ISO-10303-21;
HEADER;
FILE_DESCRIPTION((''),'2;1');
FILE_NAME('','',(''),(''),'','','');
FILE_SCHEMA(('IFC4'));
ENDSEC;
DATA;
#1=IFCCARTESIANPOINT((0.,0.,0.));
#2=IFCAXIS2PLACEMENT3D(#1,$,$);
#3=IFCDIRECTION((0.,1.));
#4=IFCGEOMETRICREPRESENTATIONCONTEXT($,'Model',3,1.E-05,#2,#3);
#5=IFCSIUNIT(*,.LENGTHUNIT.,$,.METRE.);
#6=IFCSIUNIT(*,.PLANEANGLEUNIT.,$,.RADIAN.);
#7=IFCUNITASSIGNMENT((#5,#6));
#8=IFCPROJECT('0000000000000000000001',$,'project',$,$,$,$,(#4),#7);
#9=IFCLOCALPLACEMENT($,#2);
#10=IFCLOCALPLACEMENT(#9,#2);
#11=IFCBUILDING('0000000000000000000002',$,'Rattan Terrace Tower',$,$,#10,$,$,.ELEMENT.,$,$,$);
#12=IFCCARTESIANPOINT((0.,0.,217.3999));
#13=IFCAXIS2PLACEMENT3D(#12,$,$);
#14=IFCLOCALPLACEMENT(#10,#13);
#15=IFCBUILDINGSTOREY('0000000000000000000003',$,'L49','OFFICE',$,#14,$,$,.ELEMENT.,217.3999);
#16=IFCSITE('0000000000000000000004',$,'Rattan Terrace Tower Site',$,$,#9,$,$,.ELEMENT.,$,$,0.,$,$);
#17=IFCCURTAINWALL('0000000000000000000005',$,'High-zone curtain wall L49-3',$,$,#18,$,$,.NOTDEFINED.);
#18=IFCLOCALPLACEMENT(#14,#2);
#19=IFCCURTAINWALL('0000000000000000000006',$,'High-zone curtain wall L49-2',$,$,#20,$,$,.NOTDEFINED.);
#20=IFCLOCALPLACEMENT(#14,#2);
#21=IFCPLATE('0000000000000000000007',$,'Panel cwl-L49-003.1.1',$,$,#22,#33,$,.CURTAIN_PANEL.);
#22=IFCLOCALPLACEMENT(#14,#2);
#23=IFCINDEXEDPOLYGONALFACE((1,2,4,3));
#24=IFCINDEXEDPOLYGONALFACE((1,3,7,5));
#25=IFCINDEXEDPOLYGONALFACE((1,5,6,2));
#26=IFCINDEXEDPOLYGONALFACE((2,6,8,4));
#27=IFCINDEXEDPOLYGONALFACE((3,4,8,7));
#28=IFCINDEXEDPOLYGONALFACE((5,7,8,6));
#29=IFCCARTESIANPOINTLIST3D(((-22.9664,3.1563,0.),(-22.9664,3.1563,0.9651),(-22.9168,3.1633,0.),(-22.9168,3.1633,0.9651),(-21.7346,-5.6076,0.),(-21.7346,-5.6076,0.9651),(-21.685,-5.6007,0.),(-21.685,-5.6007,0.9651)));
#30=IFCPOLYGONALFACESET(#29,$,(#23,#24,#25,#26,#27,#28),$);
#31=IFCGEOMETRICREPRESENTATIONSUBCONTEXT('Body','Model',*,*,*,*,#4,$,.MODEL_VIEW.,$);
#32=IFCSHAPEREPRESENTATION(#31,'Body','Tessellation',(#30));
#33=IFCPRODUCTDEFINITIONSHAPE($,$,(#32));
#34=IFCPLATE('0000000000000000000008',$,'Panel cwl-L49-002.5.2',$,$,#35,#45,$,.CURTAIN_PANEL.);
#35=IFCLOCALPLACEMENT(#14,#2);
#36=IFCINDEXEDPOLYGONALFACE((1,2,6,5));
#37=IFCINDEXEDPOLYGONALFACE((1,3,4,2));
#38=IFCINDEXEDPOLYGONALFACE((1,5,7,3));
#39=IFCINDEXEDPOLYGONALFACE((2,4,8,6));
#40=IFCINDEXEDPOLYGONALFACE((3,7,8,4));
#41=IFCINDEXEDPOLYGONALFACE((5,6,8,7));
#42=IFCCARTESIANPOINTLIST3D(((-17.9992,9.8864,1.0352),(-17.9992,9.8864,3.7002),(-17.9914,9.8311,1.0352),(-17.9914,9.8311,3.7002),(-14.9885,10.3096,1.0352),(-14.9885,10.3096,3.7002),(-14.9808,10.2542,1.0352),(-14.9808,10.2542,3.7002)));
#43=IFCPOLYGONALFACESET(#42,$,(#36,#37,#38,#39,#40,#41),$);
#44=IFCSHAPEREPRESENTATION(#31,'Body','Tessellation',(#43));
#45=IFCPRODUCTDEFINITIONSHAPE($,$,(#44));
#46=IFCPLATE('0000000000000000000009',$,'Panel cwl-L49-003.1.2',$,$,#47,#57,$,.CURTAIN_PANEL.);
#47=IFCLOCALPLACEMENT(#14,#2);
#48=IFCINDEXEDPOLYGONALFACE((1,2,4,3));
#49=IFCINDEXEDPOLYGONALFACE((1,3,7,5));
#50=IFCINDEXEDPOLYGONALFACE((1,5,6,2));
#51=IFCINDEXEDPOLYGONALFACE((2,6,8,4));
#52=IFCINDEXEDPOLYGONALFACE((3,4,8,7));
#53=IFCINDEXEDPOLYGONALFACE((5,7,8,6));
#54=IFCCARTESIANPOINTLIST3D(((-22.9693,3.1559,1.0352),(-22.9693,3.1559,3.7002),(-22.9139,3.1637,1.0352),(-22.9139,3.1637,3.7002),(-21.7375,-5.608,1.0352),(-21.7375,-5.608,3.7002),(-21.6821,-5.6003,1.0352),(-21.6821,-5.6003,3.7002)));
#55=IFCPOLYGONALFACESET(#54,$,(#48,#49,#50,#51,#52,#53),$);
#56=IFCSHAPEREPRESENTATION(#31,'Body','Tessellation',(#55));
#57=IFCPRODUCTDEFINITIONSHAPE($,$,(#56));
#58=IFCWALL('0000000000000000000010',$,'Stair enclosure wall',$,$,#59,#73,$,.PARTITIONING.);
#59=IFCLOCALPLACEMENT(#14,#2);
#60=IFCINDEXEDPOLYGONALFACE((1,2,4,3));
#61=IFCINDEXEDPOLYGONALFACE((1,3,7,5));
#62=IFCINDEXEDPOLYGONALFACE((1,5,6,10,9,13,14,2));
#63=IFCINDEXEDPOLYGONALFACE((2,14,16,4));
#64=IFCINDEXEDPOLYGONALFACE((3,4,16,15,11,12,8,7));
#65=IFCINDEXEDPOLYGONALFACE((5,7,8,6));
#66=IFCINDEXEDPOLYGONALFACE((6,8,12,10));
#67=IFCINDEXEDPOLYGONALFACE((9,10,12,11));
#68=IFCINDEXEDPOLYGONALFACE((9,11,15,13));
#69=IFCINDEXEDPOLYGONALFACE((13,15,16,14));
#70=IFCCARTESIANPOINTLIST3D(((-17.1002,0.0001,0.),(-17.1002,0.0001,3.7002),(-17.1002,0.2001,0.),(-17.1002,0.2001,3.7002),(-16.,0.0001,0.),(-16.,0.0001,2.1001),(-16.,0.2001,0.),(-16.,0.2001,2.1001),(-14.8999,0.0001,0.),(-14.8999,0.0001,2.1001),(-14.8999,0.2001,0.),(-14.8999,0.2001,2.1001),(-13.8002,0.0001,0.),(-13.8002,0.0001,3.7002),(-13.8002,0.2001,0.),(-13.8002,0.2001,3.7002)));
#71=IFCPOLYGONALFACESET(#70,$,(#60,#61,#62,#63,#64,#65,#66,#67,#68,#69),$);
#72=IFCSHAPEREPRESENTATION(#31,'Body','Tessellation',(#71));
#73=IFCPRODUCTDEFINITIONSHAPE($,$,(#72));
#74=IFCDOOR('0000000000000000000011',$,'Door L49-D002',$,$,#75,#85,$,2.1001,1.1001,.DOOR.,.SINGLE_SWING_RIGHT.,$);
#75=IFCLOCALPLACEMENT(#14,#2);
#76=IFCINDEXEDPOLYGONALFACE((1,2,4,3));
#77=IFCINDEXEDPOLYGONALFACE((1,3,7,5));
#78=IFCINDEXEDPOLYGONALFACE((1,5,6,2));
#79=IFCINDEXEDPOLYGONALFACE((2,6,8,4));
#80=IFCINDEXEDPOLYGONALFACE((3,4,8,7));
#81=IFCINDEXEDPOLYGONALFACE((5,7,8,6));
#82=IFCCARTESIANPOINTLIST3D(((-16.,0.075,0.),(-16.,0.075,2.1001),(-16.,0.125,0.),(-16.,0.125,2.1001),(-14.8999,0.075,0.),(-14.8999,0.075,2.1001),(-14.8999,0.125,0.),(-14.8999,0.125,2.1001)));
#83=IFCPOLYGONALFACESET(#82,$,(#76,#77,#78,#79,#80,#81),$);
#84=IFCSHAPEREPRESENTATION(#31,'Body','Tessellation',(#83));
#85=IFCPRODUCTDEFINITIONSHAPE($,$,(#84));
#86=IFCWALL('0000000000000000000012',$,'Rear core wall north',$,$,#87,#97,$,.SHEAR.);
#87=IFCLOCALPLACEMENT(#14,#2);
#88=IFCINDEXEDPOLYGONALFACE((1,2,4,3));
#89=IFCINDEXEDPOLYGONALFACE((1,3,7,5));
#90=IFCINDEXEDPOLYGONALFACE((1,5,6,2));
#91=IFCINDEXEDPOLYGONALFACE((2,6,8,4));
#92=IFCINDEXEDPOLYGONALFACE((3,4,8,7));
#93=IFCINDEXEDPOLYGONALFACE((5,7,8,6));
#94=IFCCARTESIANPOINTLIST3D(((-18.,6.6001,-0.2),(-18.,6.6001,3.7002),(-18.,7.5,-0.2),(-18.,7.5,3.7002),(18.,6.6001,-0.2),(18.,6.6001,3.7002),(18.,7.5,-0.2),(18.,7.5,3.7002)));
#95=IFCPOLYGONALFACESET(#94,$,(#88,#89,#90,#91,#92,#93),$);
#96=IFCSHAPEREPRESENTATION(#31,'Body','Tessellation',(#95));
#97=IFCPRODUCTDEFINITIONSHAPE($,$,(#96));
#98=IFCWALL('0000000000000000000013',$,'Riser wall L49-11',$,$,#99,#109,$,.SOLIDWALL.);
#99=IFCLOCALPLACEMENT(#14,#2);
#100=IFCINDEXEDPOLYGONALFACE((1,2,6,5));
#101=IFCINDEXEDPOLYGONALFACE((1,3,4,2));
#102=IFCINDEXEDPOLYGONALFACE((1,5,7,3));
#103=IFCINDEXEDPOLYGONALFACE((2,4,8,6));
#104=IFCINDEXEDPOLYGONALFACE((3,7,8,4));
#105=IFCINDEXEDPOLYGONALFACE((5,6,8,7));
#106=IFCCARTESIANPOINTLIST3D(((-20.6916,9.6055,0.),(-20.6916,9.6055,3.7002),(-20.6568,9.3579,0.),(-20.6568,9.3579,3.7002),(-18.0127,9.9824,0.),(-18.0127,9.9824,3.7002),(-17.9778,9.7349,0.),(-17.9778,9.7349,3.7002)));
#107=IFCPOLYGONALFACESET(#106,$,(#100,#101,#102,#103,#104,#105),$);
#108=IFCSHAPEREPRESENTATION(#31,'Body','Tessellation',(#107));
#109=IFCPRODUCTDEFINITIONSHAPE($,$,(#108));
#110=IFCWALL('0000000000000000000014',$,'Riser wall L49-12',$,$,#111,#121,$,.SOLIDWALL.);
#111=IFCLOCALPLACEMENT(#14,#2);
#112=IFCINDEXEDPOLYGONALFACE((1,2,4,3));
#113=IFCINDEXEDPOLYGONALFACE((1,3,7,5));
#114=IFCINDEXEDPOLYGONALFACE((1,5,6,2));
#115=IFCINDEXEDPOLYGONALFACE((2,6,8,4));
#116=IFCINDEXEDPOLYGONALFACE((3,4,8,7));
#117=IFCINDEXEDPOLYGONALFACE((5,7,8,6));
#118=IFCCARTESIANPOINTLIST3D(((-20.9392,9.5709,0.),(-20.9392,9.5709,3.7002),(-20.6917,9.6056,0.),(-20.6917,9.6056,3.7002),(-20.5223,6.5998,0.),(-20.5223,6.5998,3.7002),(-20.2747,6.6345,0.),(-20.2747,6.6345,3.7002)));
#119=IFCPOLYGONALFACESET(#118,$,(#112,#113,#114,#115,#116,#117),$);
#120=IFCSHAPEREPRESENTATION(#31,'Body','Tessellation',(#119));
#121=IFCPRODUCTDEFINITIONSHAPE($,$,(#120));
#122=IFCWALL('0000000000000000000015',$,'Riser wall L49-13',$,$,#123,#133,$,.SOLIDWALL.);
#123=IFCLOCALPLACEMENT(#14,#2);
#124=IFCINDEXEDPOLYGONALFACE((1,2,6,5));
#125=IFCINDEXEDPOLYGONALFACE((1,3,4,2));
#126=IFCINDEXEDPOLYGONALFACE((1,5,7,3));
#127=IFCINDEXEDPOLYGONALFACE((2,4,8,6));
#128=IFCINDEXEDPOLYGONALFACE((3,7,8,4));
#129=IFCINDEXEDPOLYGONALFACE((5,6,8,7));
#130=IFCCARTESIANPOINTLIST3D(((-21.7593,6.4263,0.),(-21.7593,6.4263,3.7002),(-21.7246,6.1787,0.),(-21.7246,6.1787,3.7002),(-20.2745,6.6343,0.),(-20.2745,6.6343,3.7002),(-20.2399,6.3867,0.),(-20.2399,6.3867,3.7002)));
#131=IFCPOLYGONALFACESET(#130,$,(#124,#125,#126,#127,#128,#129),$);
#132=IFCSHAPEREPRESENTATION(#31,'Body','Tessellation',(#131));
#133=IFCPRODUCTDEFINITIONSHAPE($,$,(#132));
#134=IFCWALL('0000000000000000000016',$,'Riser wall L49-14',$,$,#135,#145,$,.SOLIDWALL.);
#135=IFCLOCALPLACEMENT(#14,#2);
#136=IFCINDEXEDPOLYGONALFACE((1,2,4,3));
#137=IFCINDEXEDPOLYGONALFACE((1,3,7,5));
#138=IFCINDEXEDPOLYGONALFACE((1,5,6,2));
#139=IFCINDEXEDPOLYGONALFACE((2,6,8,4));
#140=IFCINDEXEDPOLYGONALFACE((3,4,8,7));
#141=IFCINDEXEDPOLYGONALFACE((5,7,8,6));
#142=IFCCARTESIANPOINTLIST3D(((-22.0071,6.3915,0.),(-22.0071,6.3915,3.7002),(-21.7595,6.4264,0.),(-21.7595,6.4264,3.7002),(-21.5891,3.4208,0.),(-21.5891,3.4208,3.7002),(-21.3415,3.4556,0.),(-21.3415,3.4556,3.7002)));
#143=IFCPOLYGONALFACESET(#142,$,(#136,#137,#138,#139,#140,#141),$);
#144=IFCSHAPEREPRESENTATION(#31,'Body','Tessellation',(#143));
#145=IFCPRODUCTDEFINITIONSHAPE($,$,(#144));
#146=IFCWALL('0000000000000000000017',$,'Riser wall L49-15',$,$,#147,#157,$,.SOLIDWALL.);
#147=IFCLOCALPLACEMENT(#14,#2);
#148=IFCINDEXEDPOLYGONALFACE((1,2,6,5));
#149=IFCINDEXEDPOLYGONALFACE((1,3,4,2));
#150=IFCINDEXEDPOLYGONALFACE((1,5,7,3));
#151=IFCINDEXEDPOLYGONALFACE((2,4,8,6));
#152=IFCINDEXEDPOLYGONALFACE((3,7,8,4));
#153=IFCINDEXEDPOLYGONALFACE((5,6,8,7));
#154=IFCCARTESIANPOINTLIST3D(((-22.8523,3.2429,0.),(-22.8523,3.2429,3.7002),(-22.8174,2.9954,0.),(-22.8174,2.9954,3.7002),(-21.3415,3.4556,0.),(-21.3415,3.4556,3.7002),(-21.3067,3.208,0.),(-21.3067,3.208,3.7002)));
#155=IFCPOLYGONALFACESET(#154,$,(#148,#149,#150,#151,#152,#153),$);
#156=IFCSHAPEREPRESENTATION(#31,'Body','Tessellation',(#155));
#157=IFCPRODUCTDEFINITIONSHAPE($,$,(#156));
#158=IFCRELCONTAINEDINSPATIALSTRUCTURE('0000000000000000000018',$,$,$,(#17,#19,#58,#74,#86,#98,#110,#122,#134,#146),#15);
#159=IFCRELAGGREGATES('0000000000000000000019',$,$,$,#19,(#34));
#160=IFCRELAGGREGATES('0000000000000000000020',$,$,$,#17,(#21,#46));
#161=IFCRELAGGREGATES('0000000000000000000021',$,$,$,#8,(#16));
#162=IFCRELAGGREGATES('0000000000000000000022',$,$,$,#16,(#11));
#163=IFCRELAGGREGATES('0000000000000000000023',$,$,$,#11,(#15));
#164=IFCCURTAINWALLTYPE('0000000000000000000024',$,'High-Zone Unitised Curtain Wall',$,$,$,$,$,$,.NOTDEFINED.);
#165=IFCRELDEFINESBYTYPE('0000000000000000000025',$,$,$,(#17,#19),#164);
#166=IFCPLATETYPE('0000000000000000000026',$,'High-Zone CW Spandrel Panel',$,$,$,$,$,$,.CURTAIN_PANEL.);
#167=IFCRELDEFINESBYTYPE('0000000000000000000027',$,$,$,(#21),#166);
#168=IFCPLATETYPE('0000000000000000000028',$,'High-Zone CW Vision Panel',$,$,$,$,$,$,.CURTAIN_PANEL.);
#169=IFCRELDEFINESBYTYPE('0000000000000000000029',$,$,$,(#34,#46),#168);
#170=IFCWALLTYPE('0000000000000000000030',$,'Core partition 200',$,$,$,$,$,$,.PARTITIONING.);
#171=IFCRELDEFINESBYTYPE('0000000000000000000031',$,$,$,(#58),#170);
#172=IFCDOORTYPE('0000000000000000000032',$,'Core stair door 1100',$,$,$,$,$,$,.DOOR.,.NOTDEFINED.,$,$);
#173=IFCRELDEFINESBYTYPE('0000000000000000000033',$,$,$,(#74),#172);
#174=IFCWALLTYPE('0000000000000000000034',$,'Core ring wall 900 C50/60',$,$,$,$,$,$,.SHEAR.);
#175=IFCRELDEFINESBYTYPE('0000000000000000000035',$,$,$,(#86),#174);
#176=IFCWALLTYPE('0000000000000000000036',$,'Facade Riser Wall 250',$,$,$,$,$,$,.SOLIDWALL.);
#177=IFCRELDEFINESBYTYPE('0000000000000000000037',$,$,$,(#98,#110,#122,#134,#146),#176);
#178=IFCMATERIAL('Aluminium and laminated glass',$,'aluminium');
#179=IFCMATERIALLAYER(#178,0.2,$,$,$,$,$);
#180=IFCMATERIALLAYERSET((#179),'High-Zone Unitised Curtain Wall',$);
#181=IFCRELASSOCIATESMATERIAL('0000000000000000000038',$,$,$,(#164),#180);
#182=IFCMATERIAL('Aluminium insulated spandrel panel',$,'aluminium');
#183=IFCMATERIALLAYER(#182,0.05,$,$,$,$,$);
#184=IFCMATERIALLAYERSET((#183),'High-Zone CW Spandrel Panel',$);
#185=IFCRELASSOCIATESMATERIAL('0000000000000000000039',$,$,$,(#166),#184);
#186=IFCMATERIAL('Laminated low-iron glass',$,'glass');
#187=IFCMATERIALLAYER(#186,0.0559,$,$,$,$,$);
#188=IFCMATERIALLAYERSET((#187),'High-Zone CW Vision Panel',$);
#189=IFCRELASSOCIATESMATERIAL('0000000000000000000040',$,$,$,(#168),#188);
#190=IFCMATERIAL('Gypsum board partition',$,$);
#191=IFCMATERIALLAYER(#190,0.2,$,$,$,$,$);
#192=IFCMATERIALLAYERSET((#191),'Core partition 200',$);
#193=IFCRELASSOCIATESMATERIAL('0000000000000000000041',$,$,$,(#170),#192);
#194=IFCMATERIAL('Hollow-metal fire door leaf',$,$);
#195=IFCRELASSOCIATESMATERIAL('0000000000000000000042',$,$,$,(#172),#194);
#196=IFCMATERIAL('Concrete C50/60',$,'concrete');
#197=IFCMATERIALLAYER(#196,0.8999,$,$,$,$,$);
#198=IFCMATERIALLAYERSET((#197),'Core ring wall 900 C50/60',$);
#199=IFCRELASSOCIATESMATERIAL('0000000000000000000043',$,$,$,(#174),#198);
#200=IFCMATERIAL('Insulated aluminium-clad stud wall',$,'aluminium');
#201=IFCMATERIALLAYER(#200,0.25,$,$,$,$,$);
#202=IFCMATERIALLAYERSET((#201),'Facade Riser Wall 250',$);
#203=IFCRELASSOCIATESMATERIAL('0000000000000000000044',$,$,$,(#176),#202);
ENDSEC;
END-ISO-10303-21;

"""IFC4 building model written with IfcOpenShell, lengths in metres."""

from ifc_helpers import new_model, si_unit, direction, frame, frame_2d, origin, origin_2d, place, context, subcontext, project, spatial, rectangle, extrude, material, layer, layer_set, type_object, element, fill, aggregate, save


model = new_model("IFC4")

# Units and contexts
model_context = context("Model", 3, precision=1e-05, world=origin(), true_north=direction((0.0, 1.0)))
body_context = subcontext(model_context, "Body", "Model", "MODEL_VIEW")
ifc_project = project(units=[si_unit("LENGTHUNIT", "METRE"), si_unit("PLANEANGLEUNIT", "RADIAN")], contexts=[model_context])

# Site, building, storey
site_placement = place(None, origin())
site = spatial("IfcSite", under=ifc_project, at=site_placement, Name="Rattan Terrace Tower Site", CompositionType="ELEMENT", RefElevation=0.0)
building_placement = place(site_placement, origin())
building = spatial("IfcBuilding", under=site, at=building_placement, Name="Rattan Terrace Tower", CompositionType="ELEMENT")
storey_placement = place(building_placement, frame((0.0, 0.0, 217.3999)))
storey = spatial("IfcBuildingStorey", under=building, at=storey_placement, Name="L49", Description="OFFICE", CompositionType="ELEMENT", Elevation=217.3999)

# Curtain wall
ifc_material_1 = material(Name="Aluminium and laminated glass", Category="aluminium")
ifc_layer_1 = layer(ifc_material_1, 0.2)
ifc_layer_set_1 = layer_set([ifc_layer_1], Name="High-Zone Unitised Curtain Wall")
curtain_wall_type = type_object("IfcCurtainWallType", Name="High-Zone Unitised Curtain Wall", PredefinedType="NOTDEFINED", material=ifc_layer_set_1)
curtain_wall_1_placement = place(storey_placement, origin())
curtain_wall_1 = element("IfcCurtainWall", 1, at=curtain_wall_1_placement, inside=storey, type_object=curtain_wall_type, Name="High-zone curtain wall L49-3", PredefinedType="NOTDEFINED")

# Curtain wall
curtain_wall_2_placement = place(storey_placement, origin())
curtain_wall_2 = element("IfcCurtainWall", 2, at=curtain_wall_2_placement, inside=storey, type_object=curtain_wall_type, Name="High-zone curtain wall L49-2", PredefinedType="NOTDEFINED")
ifc_material_2 = material(Name="Aluminium insulated spandrel panel", Category="aluminium")
ifc_layer_2 = layer(ifc_material_2, 0.05)
ifc_layer_set_2 = layer_set([ifc_layer_2], Name="High-Zone CW Spandrel Panel")
plate_type_1 = type_object("IfcPlateType", Name="High-Zone CW Spandrel Panel", PredefinedType="CURTAIN_PANEL", material=ifc_layer_set_2)

# Plates
plate_1_placement = place(storey_placement, frame((-22.3257, -1.2222, 0.0), z_axis=(0.0, 0.0, 1.0), x_axis=(0.139186, -0.990266, 0.0)))
plate_1 = element("IfcPlate", 3, at=plate_1_placement, type_object=plate_type_1, Name="Panel cwl-L49-003.1.1", PredefinedType="CURTAIN_PANEL", context=body_context, shape_type="SweptSolid", body=[
    extrude(rectangle(XDim=8.8501, YDim=0.05, at=origin_2d()), origin(), (0.0, 0.0, 1.0), 0.9651),
])
ifc_material_3 = material(Name="Laminated low-iron glass", Category="glass")
ifc_layer_3 = layer(ifc_material_3, 0.0559)
ifc_layer_set_3 = layer_set([ifc_layer_3], Name="High-Zone CW Vision Panel")
plate_type_2 = type_object("IfcPlateType", Name="High-Zone CW Vision Panel", PredefinedType="CURTAIN_PANEL", material=ifc_layer_set_3)
plate_2_placement = place(storey_placement, frame((-16.49, 10.0703, 1.0352), z_axis=(0.0, 0.0, 1.0), x_axis=(-0.990267, -0.139177, 0.0)))
plate_2 = element("IfcPlate", 4, at=plate_2_placement, type_object=plate_type_2, Name="Panel cwl-L49-002.5.2", PredefinedType="CURTAIN_PANEL", context=body_context, shape_type="SweptSolid", body=[
    extrude(rectangle(XDim=3.0403, YDim=0.0559, at=origin_2d()), origin(), (0.0, 0.0, 1.0), 2.665),
])
aggregate(curtain_wall_2, [plate_2])
plate_3_placement = place(storey_placement, frame((-22.3257, -1.2222, 1.0352), z_axis=(0.0, 0.0, 1.0), x_axis=(0.139186, -0.990266, 0.0)))
plate_3 = element("IfcPlate", 5, at=plate_3_placement, type_object=plate_type_2, Name="Panel cwl-L49-003.1.2", PredefinedType="CURTAIN_PANEL", context=body_context, shape_type="SweptSolid", body=[
    extrude(rectangle(XDim=8.8501, YDim=0.0559, at=origin_2d()), origin(), (0.0, 0.0, 1.0), 2.665),
])
aggregate(curtain_wall_1, [plate_1, plate_3])

# Wall, opening, door
ifc_material_4 = material(Name="Gypsum board partition")
ifc_layer_4 = layer(ifc_material_4, 0.2)
ifc_layer_set_4 = layer_set([ifc_layer_4], Name="Core partition 200")
wall_type_1 = type_object("IfcWallType", Name="Core partition 200", PredefinedType="PARTITIONING", material=ifc_layer_set_4)
wall_1_placement = place(storey_placement, frame((-17.1001, 0.1001, 0.0), z_axis=(0.0, 0.0, 1.0), x_axis=(1.0, 0.0, 0.0)))
wall_1 = element("IfcWall", 6, at=wall_1_placement, inside=storey, type_object=wall_type_1, Name="Stair enclosure wall", PredefinedType="PARTITIONING", context=body_context, shape_type="SweptSolid", body=[
    extrude(rectangle(XDim=3.3, YDim=0.2, at=frame_2d((1.6499, 0.0))), origin(), (0.0, 0.0, 1.0), 3.7002),
])
opening_1_placement = place(wall_1_placement, frame((1.1001, 0.0, 0.0)))
opening_1 = element("IfcOpeningElement", 7, at=opening_1_placement, cuts=wall_1, PredefinedType="OPENING", context=body_context, shape_type="SweptSolid", body=[
    extrude(rectangle(XDim=1.1001, YDim=2.1001, at=frame_2d((0.55, 1.05))), frame((0.0, 0.1106, 0.0), z_axis=(0.0, -1.0, 0.0), x_axis=(1.0, 0.0, 0.0)), (0.0, 0.0, 1.0), 0.2209),
])
ifc_material_5 = material(Name="Hollow-metal fire door leaf")
door_type_1 = type_object("IfcDoorType", Name="Core stair door 1100", OperationType="NOTDEFINED", PredefinedType="DOOR", material=ifc_material_5)
door_1_placement = place(opening_1_placement, origin())
door_1 = element("IfcDoor", 8, at=door_1_placement, inside=storey, type_object=door_type_1, Name="Door L49-D002", OperationType="SINGLE_SWING_RIGHT", OverallHeight=2.1001, OverallWidth=1.1001, PredefinedType="DOOR", context=body_context, shape_type="SweptSolid", body=[
    extrude(rectangle(XDim=1.1001, YDim=2.1001, at=frame_2d((0.55, 1.05))), frame((0.0, 0.0249, 0.0), z_axis=(0.0, -1.0, 0.0), x_axis=(1.0, 0.0, 0.0)), (0.0, 0.0, 1.0), 0.05),
])
fill(opening_1, door_1)

# Walls
ifc_material_6 = material(Name="Concrete C50/60", Category="concrete")
ifc_layer_5 = layer(ifc_material_6, 0.8999)
ifc_layer_set_5 = layer_set([ifc_layer_5], Name="Core ring wall 900 C50/60")
wall_type_2 = type_object("IfcWallType", Name="Core ring wall 900 C50/60", PredefinedType="SHEAR", material=ifc_layer_set_5)
wall_2_placement = place(storey_placement, frame((-18.0, 7.05, -0.2), z_axis=(0.0, 0.0, 1.0), x_axis=(1.0, 0.0, 0.0)))
element("IfcWall", 9, at=wall_2_placement, inside=storey, type_object=wall_type_2, Name="Rear core wall north", PredefinedType="SHEAR", context=body_context, shape_type="SweptSolid", body=[
    extrude(rectangle(XDim=36.0, YDim=0.8999, at=frame_2d((18.0, 0.0))), origin(), (0.0, 0.0, 1.0), 3.9001),
])
ifc_material_7 = material(Name="Insulated aluminium-clad stud wall", Category="aluminium")
ifc_layer_6 = layer(ifc_material_7, 0.25)
ifc_layer_set_6 = layer_set([ifc_layer_6], Name="Facade Riser Wall 250")
wall_type_3 = type_object("IfcWallType", Name="Facade Riser Wall 250", PredefinedType="SOLIDWALL", material=ifc_layer_set_6)
wall_3_placement = place(storey_placement, frame((-17.9954, 9.8586, 0.0), z_axis=(0.0, 0.0, 1.0), x_axis=(-0.990245, -0.139336, 0.0)))
element("IfcWall", 10, at=wall_3_placement, inside=storey, type_object=wall_type_3, Name="Riser wall L49-11", PredefinedType="SOLIDWALL", context=body_context, shape_type="SweptSolid", body=[
    extrude(rectangle(XDim=2.7053, YDim=0.25, at=frame_2d((1.3525, 0.0))), origin(), (0.0, 0.0, 1.0), 3.7002),
])
wall_4_placement = place(storey_placement, frame((-20.8154, 9.5881, 0.0), z_axis=(0.0, 0.0, 1.0), x_axis=(0.138983, -0.990295, 0.0)))
element("IfcWall", 11, at=wall_4_placement, inside=storey, type_object=wall_type_3, Name="Riser wall L49-12", PredefinedType="SOLIDWALL", context=body_context, shape_type="SweptSolid", body=[
    extrude(rectangle(XDim=3.0002, YDim=0.25, at=frame_2d((1.5, 0.0))), origin(), (0.0, 0.0, 1.0), 3.7002),
])
wall_5_placement = place(storey_placement, frame((-20.2573, 6.5105, 0.0), z_axis=(0.0, 0.0, 1.0), x_axis=(-0.99033, -0.138731, 0.0)))
element("IfcWall", 12, at=wall_5_placement, inside=storey, type_object=wall_type_3, Name="Riser wall L49-13", PredefinedType="SOLIDWALL", context=body_context, shape_type="SweptSolid", body=[
    extrude(rectangle(XDim=1.4993, YDim=0.25, at=frame_2d((0.7495, 0.0))), origin(), (0.0, 0.0, 1.0), 3.7002),
])
wall_6_placement = place(storey_placement, frame((-21.8833, 6.4089, 0.0), z_axis=(0.0, 0.0, 1.0), x_axis=(0.139325, -0.990247, 0.0)))
element("IfcWall", 13, at=wall_6_placement, inside=storey, type_object=wall_type_3, Name="Riser wall L49-14", PredefinedType="SOLIDWALL", context=body_context, shape_type="SweptSolid", body=[
    extrude(rectangle(XDim=3.0, YDim=0.25, at=frame_2d((1.5, 0.0))), origin(), (0.0, 0.0, 1.0), 3.7002),
])
wall_7_placement = place(storey_placement, frame((-21.3242, 3.3318, 0.0), z_axis=(0.0, 0.0, 1.0), x_axis=(-0.990239, -0.139382, 0.0)))
element("IfcWall", 14, at=wall_7_placement, inside=storey, type_object=wall_type_3, Name="Riser wall L49-15", PredefinedType="SOLIDWALL", context=body_context, shape_type="SweptSolid", body=[
    extrude(rectangle(XDim=1.5256, YDim=0.25, at=frame_2d((0.7627, 0.0))), origin(), (0.0, 0.0, 1.0), 3.7002),
])

save(model, "model.ifc")
